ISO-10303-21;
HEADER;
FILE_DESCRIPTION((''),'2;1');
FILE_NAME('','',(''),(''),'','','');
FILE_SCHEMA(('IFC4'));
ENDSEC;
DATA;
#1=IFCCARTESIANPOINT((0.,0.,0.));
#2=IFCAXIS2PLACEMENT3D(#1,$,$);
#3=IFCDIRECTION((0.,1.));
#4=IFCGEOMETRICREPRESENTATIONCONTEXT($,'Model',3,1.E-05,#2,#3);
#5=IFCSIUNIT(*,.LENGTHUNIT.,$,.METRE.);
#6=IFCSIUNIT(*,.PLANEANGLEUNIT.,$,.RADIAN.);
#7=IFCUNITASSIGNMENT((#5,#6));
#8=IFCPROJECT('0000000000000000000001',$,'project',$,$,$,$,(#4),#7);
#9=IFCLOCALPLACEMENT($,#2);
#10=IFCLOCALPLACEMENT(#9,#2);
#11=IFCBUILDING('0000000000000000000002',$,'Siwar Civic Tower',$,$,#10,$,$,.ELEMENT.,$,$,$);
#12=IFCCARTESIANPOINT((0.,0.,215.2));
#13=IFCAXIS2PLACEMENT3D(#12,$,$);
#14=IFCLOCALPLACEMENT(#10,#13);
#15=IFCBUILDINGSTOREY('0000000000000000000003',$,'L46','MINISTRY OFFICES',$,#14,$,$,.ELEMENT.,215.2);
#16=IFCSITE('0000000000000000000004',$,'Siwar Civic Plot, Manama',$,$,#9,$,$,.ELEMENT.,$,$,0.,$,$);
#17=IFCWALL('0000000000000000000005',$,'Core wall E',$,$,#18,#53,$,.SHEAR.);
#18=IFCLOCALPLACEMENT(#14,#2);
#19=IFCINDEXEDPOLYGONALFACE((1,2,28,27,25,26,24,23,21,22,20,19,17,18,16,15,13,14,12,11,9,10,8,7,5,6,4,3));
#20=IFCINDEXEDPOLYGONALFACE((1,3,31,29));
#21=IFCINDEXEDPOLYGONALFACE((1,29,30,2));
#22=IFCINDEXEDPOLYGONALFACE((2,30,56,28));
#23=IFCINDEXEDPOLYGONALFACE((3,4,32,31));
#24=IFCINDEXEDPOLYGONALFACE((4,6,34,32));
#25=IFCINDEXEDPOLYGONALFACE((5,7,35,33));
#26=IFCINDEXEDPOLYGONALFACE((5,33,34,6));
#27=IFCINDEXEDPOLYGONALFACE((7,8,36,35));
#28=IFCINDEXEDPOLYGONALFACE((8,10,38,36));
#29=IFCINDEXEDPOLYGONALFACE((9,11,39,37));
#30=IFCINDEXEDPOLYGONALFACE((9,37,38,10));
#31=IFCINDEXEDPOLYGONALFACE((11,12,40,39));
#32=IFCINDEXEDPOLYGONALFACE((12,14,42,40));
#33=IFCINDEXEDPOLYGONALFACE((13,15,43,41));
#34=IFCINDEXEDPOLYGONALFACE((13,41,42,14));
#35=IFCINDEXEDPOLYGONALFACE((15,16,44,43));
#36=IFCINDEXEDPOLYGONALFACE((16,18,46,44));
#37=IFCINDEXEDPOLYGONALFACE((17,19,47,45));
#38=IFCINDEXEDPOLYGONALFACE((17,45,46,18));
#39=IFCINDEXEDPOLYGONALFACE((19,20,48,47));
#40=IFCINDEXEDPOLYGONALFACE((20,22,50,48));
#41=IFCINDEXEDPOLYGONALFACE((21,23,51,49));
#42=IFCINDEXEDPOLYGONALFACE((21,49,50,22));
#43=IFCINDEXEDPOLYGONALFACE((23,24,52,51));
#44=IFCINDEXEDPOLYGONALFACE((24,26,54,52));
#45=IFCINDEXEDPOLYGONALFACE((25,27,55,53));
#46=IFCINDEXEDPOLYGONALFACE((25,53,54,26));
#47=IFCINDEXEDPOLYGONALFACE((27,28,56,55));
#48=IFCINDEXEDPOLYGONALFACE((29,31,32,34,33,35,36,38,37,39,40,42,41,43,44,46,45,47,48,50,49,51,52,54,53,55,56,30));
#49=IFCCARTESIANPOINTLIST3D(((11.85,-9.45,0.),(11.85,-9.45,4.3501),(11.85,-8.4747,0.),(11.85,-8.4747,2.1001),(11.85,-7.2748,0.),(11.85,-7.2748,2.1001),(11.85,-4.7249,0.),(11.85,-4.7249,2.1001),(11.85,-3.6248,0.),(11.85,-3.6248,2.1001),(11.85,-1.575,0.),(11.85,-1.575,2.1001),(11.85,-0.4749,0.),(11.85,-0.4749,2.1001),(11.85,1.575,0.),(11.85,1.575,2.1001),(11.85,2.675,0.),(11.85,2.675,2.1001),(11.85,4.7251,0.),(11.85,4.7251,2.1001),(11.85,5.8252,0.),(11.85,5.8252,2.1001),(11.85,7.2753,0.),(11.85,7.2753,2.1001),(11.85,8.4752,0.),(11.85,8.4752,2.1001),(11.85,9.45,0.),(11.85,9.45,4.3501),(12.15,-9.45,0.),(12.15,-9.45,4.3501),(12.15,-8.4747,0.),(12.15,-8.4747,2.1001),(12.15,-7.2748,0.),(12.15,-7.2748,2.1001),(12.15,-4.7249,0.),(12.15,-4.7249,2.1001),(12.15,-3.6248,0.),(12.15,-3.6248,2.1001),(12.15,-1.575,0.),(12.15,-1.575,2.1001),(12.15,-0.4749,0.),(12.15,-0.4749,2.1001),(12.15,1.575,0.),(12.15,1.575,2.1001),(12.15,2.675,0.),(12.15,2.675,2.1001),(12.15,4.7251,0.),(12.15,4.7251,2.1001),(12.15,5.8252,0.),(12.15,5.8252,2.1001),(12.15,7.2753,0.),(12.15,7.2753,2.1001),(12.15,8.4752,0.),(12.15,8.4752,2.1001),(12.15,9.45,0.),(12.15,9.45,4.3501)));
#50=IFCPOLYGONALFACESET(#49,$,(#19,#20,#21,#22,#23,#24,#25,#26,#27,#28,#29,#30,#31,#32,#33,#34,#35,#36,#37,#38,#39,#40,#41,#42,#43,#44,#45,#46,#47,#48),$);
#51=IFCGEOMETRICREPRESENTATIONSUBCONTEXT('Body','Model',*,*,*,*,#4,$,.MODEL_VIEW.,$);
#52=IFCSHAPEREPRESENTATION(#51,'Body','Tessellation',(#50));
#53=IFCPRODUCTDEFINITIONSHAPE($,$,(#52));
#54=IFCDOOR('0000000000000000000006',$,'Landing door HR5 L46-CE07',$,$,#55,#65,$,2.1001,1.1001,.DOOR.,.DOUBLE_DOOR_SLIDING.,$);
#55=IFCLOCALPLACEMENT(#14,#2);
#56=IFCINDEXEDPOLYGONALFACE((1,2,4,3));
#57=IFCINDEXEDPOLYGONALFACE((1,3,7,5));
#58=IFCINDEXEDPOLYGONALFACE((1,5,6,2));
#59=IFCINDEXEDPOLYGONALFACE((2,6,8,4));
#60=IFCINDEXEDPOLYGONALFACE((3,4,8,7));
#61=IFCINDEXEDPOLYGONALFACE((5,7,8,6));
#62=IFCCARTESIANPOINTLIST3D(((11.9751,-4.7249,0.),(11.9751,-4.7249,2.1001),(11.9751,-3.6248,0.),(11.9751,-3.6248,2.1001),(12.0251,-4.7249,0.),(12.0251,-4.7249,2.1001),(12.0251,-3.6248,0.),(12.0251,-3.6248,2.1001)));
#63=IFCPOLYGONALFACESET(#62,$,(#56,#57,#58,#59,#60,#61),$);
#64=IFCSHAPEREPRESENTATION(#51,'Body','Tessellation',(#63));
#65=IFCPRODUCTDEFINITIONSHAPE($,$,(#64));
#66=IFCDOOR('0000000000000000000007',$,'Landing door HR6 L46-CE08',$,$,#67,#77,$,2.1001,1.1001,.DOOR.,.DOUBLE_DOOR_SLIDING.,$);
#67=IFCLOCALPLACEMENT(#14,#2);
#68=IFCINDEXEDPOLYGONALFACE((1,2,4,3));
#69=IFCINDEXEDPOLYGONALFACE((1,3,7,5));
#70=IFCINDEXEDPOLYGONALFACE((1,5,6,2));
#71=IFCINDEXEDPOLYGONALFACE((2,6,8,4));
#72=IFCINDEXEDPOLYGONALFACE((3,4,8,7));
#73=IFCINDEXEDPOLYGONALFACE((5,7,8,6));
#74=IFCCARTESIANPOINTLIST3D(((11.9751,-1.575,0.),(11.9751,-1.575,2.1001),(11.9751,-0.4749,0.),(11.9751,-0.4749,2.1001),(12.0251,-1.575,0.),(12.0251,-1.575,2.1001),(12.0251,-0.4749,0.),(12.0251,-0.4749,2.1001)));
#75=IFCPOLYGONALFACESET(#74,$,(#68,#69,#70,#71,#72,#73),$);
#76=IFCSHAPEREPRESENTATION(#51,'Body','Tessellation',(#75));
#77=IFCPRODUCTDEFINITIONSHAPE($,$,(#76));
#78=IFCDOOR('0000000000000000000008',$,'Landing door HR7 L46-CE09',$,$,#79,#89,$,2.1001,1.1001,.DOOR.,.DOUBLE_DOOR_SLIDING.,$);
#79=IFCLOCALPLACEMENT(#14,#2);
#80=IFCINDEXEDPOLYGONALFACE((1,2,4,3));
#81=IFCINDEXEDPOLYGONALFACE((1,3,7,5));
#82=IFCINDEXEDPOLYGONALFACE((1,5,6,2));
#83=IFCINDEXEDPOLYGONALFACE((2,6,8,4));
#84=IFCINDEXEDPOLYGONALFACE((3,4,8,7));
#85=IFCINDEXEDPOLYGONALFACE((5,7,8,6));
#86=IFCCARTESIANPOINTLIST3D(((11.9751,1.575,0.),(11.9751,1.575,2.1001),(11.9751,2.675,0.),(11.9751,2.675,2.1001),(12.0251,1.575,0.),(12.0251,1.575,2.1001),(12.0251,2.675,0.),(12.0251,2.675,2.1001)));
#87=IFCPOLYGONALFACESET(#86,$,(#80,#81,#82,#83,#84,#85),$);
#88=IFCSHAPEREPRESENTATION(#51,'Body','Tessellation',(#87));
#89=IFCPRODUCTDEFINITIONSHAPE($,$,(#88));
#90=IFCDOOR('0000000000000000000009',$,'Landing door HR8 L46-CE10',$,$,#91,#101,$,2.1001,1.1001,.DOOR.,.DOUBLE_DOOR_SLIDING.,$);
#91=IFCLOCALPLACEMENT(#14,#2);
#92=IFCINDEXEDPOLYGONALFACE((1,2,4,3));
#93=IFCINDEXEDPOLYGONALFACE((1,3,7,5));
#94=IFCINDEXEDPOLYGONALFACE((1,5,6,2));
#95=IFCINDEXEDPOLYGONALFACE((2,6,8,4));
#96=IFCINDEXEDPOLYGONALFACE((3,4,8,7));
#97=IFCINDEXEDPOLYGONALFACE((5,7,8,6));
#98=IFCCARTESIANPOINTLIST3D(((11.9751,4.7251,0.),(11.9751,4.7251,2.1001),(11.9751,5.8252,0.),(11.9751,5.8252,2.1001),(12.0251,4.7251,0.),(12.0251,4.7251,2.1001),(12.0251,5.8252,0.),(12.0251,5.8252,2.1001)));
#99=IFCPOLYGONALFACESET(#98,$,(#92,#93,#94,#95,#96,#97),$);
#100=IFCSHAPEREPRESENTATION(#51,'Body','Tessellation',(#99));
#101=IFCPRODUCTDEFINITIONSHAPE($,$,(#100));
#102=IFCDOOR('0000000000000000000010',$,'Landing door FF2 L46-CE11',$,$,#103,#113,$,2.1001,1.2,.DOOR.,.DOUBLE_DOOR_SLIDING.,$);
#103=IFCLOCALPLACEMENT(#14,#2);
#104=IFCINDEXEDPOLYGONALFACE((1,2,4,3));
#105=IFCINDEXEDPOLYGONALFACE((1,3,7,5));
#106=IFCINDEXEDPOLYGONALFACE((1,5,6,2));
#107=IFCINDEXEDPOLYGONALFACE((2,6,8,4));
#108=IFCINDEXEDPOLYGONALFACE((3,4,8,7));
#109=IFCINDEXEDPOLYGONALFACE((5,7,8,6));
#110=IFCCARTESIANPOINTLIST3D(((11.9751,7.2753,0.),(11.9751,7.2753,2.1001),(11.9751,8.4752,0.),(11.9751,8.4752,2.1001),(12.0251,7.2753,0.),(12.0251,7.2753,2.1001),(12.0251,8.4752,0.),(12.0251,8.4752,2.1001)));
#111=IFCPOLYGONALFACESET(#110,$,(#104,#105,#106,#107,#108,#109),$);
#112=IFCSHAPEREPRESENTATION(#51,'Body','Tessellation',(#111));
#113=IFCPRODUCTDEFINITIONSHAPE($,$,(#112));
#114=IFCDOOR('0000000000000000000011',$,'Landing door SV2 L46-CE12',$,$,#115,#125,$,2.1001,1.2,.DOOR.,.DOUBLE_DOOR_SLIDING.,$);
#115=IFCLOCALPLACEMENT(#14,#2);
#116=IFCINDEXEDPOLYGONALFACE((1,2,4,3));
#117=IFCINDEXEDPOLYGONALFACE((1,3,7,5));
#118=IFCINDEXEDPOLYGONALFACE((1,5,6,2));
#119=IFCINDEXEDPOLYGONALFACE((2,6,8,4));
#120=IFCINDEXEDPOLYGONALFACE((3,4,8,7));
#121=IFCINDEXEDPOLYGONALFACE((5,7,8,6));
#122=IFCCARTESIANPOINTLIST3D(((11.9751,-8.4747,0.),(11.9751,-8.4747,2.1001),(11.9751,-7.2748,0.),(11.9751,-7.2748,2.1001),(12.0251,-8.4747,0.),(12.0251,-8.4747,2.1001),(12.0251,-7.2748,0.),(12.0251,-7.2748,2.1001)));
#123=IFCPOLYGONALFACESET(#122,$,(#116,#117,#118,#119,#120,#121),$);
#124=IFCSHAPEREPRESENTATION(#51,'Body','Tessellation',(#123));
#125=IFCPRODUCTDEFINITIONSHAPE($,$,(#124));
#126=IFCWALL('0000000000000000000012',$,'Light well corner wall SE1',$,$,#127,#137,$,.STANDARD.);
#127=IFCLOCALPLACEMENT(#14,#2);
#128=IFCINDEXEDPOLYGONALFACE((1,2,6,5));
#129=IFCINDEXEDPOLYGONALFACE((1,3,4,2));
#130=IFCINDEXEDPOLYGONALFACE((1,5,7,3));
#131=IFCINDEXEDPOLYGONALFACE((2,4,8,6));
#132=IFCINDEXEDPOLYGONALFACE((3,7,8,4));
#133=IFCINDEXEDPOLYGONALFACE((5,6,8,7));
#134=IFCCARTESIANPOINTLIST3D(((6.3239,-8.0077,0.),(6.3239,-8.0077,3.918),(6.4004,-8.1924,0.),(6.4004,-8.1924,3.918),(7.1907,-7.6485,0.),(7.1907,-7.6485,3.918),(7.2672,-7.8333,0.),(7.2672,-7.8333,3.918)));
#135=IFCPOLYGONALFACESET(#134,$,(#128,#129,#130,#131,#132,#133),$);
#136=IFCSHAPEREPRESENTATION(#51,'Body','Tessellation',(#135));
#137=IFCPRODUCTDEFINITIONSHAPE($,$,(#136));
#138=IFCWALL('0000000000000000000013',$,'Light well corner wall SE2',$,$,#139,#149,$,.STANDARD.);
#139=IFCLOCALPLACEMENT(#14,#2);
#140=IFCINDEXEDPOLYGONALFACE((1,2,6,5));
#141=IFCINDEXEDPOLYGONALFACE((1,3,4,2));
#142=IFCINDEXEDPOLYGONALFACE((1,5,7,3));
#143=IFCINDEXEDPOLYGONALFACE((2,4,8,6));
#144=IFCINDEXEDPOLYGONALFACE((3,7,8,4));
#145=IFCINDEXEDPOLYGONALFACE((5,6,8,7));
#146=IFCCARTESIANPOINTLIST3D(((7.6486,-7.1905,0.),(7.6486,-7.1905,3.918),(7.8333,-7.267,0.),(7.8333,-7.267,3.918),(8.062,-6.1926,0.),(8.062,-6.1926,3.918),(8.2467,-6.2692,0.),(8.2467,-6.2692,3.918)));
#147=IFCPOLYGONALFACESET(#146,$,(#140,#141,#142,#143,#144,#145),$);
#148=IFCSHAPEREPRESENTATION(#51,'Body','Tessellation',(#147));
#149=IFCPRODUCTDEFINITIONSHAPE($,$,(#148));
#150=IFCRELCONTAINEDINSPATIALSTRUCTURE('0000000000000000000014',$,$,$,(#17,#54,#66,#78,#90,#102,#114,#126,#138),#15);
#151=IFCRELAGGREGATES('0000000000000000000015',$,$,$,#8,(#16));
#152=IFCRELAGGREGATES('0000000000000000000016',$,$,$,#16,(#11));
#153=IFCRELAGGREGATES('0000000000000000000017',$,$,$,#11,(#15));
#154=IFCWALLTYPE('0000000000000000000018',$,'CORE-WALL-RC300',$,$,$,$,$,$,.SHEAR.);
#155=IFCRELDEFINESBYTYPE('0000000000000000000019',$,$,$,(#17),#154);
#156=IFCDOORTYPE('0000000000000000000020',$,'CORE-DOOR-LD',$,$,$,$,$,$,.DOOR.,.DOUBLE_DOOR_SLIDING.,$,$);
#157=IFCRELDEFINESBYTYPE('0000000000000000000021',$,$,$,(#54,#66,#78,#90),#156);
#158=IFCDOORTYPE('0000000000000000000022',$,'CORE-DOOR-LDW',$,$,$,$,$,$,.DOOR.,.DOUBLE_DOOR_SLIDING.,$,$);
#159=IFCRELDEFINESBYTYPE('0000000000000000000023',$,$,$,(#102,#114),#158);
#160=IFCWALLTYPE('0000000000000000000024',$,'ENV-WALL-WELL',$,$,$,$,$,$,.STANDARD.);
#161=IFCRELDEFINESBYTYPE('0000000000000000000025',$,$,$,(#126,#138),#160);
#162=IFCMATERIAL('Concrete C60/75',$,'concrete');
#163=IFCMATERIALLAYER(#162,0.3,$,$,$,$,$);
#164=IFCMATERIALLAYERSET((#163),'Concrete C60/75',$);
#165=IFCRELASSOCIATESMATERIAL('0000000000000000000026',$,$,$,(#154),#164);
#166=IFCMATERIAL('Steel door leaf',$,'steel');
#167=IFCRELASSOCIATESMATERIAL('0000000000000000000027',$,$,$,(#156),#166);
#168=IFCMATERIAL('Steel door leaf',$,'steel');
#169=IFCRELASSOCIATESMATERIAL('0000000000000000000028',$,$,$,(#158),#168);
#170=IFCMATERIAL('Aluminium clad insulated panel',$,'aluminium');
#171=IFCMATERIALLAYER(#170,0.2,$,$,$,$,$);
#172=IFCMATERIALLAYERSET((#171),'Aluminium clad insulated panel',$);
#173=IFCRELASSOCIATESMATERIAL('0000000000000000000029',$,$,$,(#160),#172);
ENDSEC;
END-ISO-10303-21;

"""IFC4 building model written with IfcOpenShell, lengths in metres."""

from ifc_helpers import new_model, si_unit, direction, frame, frame_2d, origin, place, context, subcontext, project, spatial, rectangle, extrude, material, layer, layer_set, type_object, element, fill, save


model = new_model("IFC4")

# Units and contexts
model_context = context("Model", 3, precision=1e-05, world=origin(), true_north=direction((0.0, 1.0)))
body_context = subcontext(model_context, "Body", "Model", "MODEL_VIEW")
ifc_project = project(units=[si_unit("LENGTHUNIT", "METRE"), si_unit("PLANEANGLEUNIT", "RADIAN")], contexts=[model_context])

# Site, building, storey
site_placement = place(None, origin())
site = spatial("IfcSite", under=ifc_project, at=site_placement, Name="Siwar Civic Plot, Manama", CompositionType="ELEMENT", RefElevation=0.0)
building_placement = place(site_placement, origin())
building = spatial("IfcBuilding", under=site, at=building_placement, Name="Siwar Civic Tower", CompositionType="ELEMENT")
storey_placement = place(building_placement, frame((0.0, 0.0, 215.2)))
storey = spatial("IfcBuildingStorey", under=building, at=storey_placement, Name="L46", Description="MINISTRY OFFICES", CompositionType="ELEMENT", Elevation=215.2)

# Wall, openings, doors
ifc_material_1 = material(Name="Concrete C60/75", Category="concrete")
ifc_layer_1 = layer(ifc_material_1, 0.3)
ifc_layer_set_1 = layer_set([ifc_layer_1], Name="Concrete C60/75")
wall_type_1 = type_object("IfcWallType", Name="CORE-WALL-RC300", PredefinedType="SHEAR", material=ifc_layer_set_1)
wall_1_placement = place(storey_placement, frame((12.0, -9.45, 0.0), z_axis=(0.0, 0.0, 1.0), x_axis=(0.0, 1.0, 0.0)))
wall_1 = element("IfcWall", 1, at=wall_1_placement, inside=storey, type_object=wall_type_1, Name="Core wall E", PredefinedType="SHEAR", context=body_context, shape_type="SweptSolid", body=[
    extrude(rectangle(XDim=18.8999, YDim=0.3, at=frame_2d((9.45, 0.0))), origin(), (0.0, 0.0, 1.0), 4.3501),
])
opening_1_placement = place(wall_1_placement, frame((4.7251, 0.0, 0.0)))
opening_1 = element("IfcOpeningElement", 2, at=opening_1_placement, cuts=wall_1, PredefinedType="OPENING", context=body_context, shape_type="SweptSolid", body=[
    extrude(rectangle(XDim=1.1001, YDim=2.1001, at=frame_2d((0.55, 1.05))), frame((0.0, 0.1602, 0.0), z_axis=(0.0, -1.0, 0.0), x_axis=(1.0, 0.0, 0.0)), (0.0, 0.0, 1.0), 0.3201),
])
opening_2_placement = place(wall_1_placement, frame((7.875, 0.0, 0.0)))
opening_2 = element("IfcOpeningElement", 3, at=opening_2_placement, cuts=wall_1, PredefinedType="OPENING", context=body_context, shape_type="SweptSolid", body=[
    extrude(rectangle(XDim=1.1001, YDim=2.1001, at=frame_2d((0.55, 1.05))), frame((0.0, 0.1602, 0.0), z_axis=(0.0, -1.0, 0.0), x_axis=(1.0, 0.0, 0.0)), (0.0, 0.0, 1.0), 0.3201),
])
opening_3_placement = place(wall_1_placement, frame((11.0249, 0.0, 0.0)))
opening_3 = element("IfcOpeningElement", 4, at=opening_3_placement, cuts=wall_1, PredefinedType="OPENING", context=body_context, shape_type="SweptSolid", body=[
    extrude(rectangle(XDim=1.1001, YDim=2.1001, at=frame_2d((0.55, 1.05))), frame((0.0, 0.1602, 0.0), z_axis=(0.0, -1.0, 0.0), x_axis=(1.0, 0.0, 0.0)), (0.0, 0.0, 1.0), 0.3201),
])
opening_4_placement = place(wall_1_placement, frame((14.175, 0.0, 0.0)))
opening_4 = element("IfcOpeningElement", 5, at=opening_4_placement, cuts=wall_1, PredefinedType="OPENING", context=body_context, shape_type="SweptSolid", body=[
    extrude(rectangle(XDim=1.1001, YDim=2.1001, at=frame_2d((0.55, 1.05))), frame((0.0, 0.1602, 0.0), z_axis=(0.0, -1.0, 0.0), x_axis=(1.0, 0.0, 0.0)), (0.0, 0.0, 1.0), 0.3201),
])
opening_5_placement = place(wall_1_placement, frame((16.7251, 0.0, 0.0)))
opening_5 = element("IfcOpeningElement", 6, at=opening_5_placement, cuts=wall_1, PredefinedType="OPENING", context=body_context, shape_type="SweptSolid", body=[
    extrude(rectangle(XDim=1.2, YDim=2.1001, at=frame_2d((0.6001, 1.05))), frame((0.0, 0.1602, 0.0), z_axis=(0.0, -1.0, 0.0), x_axis=(1.0, 0.0, 0.0)), (0.0, 0.0, 1.0), 0.3201),
])
opening_6_placement = place(wall_1_placement, frame((0.9751, 0.0, 0.0)))
opening_6 = element("IfcOpeningElement", 7, at=opening_6_placement, cuts=wall_1, PredefinedType="OPENING", context=body_context, shape_type="SweptSolid", body=[
    extrude(rectangle(XDim=1.2, YDim=2.1001, at=frame_2d((0.6001, 1.05))), frame((0.0, 0.1602, 0.0), z_axis=(0.0, -1.0, 0.0), x_axis=(1.0, 0.0, 0.0)), (0.0, 0.0, 1.0), 0.3201),
])
ifc_material_2 = material(Name="Steel door leaf", Category="steel")
door_type_1 = type_object("IfcDoorType", Name="CORE-DOOR-LD", OperationType="DOUBLE_DOOR_SLIDING", PredefinedType="DOOR", material=ifc_material_2)
door_1_placement = place(opening_1_placement, origin())
door_1 = element("IfcDoor", 8, at=door_1_placement, inside=storey, type_object=door_type_1, Name="Landing door HR5 L46-CE07", OperationType="DOUBLE_DOOR_SLIDING", OverallHeight=2.1001, OverallWidth=1.1001, PredefinedType="DOOR", context=body_context, shape_type="SweptSolid", body=[
    extrude(rectangle(XDim=1.1001, YDim=2.1001, at=frame_2d((0.55, 1.05))), frame((0.0, 0.0249, 0.0), z_axis=(0.0, -1.0, 0.0), x_axis=(1.0, 0.0, 0.0)), (0.0, 0.0, 1.0), 0.05),
])
fill(opening_1, door_1)
door_2_placement = place(opening_2_placement, origin())
door_2 = element("IfcDoor", 9, at=door_2_placement, inside=storey, type_object=door_type_1, Name="Landing door HR6 L46-CE08", OperationType="DOUBLE_DOOR_SLIDING", OverallHeight=2.1001, OverallWidth=1.1001, PredefinedType="DOOR", context=body_context, shape_type="SweptSolid", body=[
    extrude(rectangle(XDim=1.1001, YDim=2.1001, at=frame_2d((0.55, 1.05))), frame((0.0, 0.0249, 0.0), z_axis=(0.0, -1.0, 0.0), x_axis=(1.0, 0.0, 0.0)), (0.0, 0.0, 1.0), 0.05),
])
fill(opening_2, door_2)
door_3_placement = place(opening_3_placement, origin())
door_3 = element("IfcDoor", 10, at=door_3_placement, inside=storey, type_object=door_type_1, Name="Landing door HR7 L46-CE09", OperationType="DOUBLE_DOOR_SLIDING", OverallHeight=2.1001, OverallWidth=1.1001, PredefinedType="DOOR", context=body_context, shape_type="SweptSolid", body=[
    extrude(rectangle(XDim=1.1001, YDim=2.1001, at=frame_2d((0.55, 1.05))), frame((0.0, 0.0249, 0.0), z_axis=(0.0, -1.0, 0.0), x_axis=(1.0, 0.0, 0.0)), (0.0, 0.0, 1.0), 0.05),
])
fill(opening_3, door_3)
door_4_placement = place(opening_4_placement, origin())
door_4 = element("IfcDoor", 11, at=door_4_placement, inside=storey, type_object=door_type_1, Name="Landing door HR8 L46-CE10", OperationType="DOUBLE_DOOR_SLIDING", OverallHeight=2.1001, OverallWidth=1.1001, PredefinedType="DOOR", context=body_context, shape_type="SweptSolid", body=[
    extrude(rectangle(XDim=1.1001, YDim=2.1001, at=frame_2d((0.55, 1.05))), frame((0.0, 0.0249, 0.0), z_axis=(0.0, -1.0, 0.0), x_axis=(1.0, 0.0, 0.0)), (0.0, 0.0, 1.0), 0.05),
])
fill(opening_4, door_4)
ifc_material_3 = material(Name="Steel door leaf", Category="steel")
door_type_2 = type_object("IfcDoorType", Name="CORE-DOOR-LDW", OperationType="DOUBLE_DOOR_SLIDING", PredefinedType="DOOR", material=ifc_material_3)
door_5_placement = place(opening_5_placement, origin())
door_5 = element("IfcDoor", 12, at=door_5_placement, inside=storey, type_object=door_type_2, Name="Landing door FF2 L46-CE11", OperationType="DOUBLE_DOOR_SLIDING", OverallHeight=2.1001, OverallWidth=1.2, PredefinedType="DOOR", context=body_context, shape_type="SweptSolid", body=[
    extrude(rectangle(XDim=1.2, YDim=2.1001, at=frame_2d((0.6001, 1.05))), frame((0.0, 0.0249, 0.0), z_axis=(0.0, -1.0, 0.0), x_axis=(1.0, 0.0, 0.0)), (0.0, 0.0, 1.0), 0.05),
])
fill(opening_5, door_5)
door_6_placement = place(opening_6_placement, origin())
door_6 = element("IfcDoor", 13, at=door_6_placement, inside=storey, type_object=door_type_2, Name="Landing door SV2 L46-CE12", OperationType="DOUBLE_DOOR_SLIDING", OverallHeight=2.1001, OverallWidth=1.2, PredefinedType="DOOR", context=body_context, shape_type="SweptSolid", body=[
    extrude(rectangle(XDim=1.2, YDim=2.1001, at=frame_2d((0.6001, 1.05))), frame((0.0, 0.0249, 0.0), z_axis=(0.0, -1.0, 0.0), x_axis=(1.0, 0.0, 0.0)), (0.0, 0.0, 1.0), 0.05),
])
fill(opening_6, door_6)

# Walls
ifc_material_4 = material(Name="Aluminium clad insulated panel", Category="aluminium")
ifc_layer_2 = layer(ifc_material_4, 0.2)
ifc_layer_set_2 = layer_set([ifc_layer_2], Name="Aluminium clad insulated panel")
wall_type_2 = type_object("IfcWallType", Name="ENV-WALL-WELL", PredefinedType="STANDARD", material=ifc_layer_set_2)
wall_2_placement = place(storey_placement, frame((6.3621, -8.1001, 0.0), z_axis=(0.0, 0.0, 1.0), x_axis=(0.92383, 0.382804, 0.0)))
element("IfcWall", 14, at=wall_2_placement, inside=storey, type_object=wall_type_2, Name="Light well corner wall SE1", PredefinedType="STANDARD", context=body_context, shape_type="SweptSolid", body=[
    extrude(rectangle(XDim=0.9382, YDim=0.2, at=frame_2d((0.4692, 0.0))), origin(), (0.0, 0.0, 1.0), 3.918),
])
wall_3_placement = place(storey_placement, frame((7.741, -7.2288, 0.0), z_axis=(0.0, 0.0, 1.0), x_axis=(0.382704, 0.923871, 0.0)))
element("IfcWall", 15, at=wall_3_placement, inside=storey, type_object=wall_type_2, Name="Light well corner wall SE2", PredefinedType="STANDARD", context=body_context, shape_type="SweptSolid", body=[
    extrude(rectangle(XDim=1.0801, YDim=0.2, at=frame_2d((0.54, 0.0))), origin(), (0.0, 0.0, 1.0), 3.918),
])

save(model, "model.ifc")
